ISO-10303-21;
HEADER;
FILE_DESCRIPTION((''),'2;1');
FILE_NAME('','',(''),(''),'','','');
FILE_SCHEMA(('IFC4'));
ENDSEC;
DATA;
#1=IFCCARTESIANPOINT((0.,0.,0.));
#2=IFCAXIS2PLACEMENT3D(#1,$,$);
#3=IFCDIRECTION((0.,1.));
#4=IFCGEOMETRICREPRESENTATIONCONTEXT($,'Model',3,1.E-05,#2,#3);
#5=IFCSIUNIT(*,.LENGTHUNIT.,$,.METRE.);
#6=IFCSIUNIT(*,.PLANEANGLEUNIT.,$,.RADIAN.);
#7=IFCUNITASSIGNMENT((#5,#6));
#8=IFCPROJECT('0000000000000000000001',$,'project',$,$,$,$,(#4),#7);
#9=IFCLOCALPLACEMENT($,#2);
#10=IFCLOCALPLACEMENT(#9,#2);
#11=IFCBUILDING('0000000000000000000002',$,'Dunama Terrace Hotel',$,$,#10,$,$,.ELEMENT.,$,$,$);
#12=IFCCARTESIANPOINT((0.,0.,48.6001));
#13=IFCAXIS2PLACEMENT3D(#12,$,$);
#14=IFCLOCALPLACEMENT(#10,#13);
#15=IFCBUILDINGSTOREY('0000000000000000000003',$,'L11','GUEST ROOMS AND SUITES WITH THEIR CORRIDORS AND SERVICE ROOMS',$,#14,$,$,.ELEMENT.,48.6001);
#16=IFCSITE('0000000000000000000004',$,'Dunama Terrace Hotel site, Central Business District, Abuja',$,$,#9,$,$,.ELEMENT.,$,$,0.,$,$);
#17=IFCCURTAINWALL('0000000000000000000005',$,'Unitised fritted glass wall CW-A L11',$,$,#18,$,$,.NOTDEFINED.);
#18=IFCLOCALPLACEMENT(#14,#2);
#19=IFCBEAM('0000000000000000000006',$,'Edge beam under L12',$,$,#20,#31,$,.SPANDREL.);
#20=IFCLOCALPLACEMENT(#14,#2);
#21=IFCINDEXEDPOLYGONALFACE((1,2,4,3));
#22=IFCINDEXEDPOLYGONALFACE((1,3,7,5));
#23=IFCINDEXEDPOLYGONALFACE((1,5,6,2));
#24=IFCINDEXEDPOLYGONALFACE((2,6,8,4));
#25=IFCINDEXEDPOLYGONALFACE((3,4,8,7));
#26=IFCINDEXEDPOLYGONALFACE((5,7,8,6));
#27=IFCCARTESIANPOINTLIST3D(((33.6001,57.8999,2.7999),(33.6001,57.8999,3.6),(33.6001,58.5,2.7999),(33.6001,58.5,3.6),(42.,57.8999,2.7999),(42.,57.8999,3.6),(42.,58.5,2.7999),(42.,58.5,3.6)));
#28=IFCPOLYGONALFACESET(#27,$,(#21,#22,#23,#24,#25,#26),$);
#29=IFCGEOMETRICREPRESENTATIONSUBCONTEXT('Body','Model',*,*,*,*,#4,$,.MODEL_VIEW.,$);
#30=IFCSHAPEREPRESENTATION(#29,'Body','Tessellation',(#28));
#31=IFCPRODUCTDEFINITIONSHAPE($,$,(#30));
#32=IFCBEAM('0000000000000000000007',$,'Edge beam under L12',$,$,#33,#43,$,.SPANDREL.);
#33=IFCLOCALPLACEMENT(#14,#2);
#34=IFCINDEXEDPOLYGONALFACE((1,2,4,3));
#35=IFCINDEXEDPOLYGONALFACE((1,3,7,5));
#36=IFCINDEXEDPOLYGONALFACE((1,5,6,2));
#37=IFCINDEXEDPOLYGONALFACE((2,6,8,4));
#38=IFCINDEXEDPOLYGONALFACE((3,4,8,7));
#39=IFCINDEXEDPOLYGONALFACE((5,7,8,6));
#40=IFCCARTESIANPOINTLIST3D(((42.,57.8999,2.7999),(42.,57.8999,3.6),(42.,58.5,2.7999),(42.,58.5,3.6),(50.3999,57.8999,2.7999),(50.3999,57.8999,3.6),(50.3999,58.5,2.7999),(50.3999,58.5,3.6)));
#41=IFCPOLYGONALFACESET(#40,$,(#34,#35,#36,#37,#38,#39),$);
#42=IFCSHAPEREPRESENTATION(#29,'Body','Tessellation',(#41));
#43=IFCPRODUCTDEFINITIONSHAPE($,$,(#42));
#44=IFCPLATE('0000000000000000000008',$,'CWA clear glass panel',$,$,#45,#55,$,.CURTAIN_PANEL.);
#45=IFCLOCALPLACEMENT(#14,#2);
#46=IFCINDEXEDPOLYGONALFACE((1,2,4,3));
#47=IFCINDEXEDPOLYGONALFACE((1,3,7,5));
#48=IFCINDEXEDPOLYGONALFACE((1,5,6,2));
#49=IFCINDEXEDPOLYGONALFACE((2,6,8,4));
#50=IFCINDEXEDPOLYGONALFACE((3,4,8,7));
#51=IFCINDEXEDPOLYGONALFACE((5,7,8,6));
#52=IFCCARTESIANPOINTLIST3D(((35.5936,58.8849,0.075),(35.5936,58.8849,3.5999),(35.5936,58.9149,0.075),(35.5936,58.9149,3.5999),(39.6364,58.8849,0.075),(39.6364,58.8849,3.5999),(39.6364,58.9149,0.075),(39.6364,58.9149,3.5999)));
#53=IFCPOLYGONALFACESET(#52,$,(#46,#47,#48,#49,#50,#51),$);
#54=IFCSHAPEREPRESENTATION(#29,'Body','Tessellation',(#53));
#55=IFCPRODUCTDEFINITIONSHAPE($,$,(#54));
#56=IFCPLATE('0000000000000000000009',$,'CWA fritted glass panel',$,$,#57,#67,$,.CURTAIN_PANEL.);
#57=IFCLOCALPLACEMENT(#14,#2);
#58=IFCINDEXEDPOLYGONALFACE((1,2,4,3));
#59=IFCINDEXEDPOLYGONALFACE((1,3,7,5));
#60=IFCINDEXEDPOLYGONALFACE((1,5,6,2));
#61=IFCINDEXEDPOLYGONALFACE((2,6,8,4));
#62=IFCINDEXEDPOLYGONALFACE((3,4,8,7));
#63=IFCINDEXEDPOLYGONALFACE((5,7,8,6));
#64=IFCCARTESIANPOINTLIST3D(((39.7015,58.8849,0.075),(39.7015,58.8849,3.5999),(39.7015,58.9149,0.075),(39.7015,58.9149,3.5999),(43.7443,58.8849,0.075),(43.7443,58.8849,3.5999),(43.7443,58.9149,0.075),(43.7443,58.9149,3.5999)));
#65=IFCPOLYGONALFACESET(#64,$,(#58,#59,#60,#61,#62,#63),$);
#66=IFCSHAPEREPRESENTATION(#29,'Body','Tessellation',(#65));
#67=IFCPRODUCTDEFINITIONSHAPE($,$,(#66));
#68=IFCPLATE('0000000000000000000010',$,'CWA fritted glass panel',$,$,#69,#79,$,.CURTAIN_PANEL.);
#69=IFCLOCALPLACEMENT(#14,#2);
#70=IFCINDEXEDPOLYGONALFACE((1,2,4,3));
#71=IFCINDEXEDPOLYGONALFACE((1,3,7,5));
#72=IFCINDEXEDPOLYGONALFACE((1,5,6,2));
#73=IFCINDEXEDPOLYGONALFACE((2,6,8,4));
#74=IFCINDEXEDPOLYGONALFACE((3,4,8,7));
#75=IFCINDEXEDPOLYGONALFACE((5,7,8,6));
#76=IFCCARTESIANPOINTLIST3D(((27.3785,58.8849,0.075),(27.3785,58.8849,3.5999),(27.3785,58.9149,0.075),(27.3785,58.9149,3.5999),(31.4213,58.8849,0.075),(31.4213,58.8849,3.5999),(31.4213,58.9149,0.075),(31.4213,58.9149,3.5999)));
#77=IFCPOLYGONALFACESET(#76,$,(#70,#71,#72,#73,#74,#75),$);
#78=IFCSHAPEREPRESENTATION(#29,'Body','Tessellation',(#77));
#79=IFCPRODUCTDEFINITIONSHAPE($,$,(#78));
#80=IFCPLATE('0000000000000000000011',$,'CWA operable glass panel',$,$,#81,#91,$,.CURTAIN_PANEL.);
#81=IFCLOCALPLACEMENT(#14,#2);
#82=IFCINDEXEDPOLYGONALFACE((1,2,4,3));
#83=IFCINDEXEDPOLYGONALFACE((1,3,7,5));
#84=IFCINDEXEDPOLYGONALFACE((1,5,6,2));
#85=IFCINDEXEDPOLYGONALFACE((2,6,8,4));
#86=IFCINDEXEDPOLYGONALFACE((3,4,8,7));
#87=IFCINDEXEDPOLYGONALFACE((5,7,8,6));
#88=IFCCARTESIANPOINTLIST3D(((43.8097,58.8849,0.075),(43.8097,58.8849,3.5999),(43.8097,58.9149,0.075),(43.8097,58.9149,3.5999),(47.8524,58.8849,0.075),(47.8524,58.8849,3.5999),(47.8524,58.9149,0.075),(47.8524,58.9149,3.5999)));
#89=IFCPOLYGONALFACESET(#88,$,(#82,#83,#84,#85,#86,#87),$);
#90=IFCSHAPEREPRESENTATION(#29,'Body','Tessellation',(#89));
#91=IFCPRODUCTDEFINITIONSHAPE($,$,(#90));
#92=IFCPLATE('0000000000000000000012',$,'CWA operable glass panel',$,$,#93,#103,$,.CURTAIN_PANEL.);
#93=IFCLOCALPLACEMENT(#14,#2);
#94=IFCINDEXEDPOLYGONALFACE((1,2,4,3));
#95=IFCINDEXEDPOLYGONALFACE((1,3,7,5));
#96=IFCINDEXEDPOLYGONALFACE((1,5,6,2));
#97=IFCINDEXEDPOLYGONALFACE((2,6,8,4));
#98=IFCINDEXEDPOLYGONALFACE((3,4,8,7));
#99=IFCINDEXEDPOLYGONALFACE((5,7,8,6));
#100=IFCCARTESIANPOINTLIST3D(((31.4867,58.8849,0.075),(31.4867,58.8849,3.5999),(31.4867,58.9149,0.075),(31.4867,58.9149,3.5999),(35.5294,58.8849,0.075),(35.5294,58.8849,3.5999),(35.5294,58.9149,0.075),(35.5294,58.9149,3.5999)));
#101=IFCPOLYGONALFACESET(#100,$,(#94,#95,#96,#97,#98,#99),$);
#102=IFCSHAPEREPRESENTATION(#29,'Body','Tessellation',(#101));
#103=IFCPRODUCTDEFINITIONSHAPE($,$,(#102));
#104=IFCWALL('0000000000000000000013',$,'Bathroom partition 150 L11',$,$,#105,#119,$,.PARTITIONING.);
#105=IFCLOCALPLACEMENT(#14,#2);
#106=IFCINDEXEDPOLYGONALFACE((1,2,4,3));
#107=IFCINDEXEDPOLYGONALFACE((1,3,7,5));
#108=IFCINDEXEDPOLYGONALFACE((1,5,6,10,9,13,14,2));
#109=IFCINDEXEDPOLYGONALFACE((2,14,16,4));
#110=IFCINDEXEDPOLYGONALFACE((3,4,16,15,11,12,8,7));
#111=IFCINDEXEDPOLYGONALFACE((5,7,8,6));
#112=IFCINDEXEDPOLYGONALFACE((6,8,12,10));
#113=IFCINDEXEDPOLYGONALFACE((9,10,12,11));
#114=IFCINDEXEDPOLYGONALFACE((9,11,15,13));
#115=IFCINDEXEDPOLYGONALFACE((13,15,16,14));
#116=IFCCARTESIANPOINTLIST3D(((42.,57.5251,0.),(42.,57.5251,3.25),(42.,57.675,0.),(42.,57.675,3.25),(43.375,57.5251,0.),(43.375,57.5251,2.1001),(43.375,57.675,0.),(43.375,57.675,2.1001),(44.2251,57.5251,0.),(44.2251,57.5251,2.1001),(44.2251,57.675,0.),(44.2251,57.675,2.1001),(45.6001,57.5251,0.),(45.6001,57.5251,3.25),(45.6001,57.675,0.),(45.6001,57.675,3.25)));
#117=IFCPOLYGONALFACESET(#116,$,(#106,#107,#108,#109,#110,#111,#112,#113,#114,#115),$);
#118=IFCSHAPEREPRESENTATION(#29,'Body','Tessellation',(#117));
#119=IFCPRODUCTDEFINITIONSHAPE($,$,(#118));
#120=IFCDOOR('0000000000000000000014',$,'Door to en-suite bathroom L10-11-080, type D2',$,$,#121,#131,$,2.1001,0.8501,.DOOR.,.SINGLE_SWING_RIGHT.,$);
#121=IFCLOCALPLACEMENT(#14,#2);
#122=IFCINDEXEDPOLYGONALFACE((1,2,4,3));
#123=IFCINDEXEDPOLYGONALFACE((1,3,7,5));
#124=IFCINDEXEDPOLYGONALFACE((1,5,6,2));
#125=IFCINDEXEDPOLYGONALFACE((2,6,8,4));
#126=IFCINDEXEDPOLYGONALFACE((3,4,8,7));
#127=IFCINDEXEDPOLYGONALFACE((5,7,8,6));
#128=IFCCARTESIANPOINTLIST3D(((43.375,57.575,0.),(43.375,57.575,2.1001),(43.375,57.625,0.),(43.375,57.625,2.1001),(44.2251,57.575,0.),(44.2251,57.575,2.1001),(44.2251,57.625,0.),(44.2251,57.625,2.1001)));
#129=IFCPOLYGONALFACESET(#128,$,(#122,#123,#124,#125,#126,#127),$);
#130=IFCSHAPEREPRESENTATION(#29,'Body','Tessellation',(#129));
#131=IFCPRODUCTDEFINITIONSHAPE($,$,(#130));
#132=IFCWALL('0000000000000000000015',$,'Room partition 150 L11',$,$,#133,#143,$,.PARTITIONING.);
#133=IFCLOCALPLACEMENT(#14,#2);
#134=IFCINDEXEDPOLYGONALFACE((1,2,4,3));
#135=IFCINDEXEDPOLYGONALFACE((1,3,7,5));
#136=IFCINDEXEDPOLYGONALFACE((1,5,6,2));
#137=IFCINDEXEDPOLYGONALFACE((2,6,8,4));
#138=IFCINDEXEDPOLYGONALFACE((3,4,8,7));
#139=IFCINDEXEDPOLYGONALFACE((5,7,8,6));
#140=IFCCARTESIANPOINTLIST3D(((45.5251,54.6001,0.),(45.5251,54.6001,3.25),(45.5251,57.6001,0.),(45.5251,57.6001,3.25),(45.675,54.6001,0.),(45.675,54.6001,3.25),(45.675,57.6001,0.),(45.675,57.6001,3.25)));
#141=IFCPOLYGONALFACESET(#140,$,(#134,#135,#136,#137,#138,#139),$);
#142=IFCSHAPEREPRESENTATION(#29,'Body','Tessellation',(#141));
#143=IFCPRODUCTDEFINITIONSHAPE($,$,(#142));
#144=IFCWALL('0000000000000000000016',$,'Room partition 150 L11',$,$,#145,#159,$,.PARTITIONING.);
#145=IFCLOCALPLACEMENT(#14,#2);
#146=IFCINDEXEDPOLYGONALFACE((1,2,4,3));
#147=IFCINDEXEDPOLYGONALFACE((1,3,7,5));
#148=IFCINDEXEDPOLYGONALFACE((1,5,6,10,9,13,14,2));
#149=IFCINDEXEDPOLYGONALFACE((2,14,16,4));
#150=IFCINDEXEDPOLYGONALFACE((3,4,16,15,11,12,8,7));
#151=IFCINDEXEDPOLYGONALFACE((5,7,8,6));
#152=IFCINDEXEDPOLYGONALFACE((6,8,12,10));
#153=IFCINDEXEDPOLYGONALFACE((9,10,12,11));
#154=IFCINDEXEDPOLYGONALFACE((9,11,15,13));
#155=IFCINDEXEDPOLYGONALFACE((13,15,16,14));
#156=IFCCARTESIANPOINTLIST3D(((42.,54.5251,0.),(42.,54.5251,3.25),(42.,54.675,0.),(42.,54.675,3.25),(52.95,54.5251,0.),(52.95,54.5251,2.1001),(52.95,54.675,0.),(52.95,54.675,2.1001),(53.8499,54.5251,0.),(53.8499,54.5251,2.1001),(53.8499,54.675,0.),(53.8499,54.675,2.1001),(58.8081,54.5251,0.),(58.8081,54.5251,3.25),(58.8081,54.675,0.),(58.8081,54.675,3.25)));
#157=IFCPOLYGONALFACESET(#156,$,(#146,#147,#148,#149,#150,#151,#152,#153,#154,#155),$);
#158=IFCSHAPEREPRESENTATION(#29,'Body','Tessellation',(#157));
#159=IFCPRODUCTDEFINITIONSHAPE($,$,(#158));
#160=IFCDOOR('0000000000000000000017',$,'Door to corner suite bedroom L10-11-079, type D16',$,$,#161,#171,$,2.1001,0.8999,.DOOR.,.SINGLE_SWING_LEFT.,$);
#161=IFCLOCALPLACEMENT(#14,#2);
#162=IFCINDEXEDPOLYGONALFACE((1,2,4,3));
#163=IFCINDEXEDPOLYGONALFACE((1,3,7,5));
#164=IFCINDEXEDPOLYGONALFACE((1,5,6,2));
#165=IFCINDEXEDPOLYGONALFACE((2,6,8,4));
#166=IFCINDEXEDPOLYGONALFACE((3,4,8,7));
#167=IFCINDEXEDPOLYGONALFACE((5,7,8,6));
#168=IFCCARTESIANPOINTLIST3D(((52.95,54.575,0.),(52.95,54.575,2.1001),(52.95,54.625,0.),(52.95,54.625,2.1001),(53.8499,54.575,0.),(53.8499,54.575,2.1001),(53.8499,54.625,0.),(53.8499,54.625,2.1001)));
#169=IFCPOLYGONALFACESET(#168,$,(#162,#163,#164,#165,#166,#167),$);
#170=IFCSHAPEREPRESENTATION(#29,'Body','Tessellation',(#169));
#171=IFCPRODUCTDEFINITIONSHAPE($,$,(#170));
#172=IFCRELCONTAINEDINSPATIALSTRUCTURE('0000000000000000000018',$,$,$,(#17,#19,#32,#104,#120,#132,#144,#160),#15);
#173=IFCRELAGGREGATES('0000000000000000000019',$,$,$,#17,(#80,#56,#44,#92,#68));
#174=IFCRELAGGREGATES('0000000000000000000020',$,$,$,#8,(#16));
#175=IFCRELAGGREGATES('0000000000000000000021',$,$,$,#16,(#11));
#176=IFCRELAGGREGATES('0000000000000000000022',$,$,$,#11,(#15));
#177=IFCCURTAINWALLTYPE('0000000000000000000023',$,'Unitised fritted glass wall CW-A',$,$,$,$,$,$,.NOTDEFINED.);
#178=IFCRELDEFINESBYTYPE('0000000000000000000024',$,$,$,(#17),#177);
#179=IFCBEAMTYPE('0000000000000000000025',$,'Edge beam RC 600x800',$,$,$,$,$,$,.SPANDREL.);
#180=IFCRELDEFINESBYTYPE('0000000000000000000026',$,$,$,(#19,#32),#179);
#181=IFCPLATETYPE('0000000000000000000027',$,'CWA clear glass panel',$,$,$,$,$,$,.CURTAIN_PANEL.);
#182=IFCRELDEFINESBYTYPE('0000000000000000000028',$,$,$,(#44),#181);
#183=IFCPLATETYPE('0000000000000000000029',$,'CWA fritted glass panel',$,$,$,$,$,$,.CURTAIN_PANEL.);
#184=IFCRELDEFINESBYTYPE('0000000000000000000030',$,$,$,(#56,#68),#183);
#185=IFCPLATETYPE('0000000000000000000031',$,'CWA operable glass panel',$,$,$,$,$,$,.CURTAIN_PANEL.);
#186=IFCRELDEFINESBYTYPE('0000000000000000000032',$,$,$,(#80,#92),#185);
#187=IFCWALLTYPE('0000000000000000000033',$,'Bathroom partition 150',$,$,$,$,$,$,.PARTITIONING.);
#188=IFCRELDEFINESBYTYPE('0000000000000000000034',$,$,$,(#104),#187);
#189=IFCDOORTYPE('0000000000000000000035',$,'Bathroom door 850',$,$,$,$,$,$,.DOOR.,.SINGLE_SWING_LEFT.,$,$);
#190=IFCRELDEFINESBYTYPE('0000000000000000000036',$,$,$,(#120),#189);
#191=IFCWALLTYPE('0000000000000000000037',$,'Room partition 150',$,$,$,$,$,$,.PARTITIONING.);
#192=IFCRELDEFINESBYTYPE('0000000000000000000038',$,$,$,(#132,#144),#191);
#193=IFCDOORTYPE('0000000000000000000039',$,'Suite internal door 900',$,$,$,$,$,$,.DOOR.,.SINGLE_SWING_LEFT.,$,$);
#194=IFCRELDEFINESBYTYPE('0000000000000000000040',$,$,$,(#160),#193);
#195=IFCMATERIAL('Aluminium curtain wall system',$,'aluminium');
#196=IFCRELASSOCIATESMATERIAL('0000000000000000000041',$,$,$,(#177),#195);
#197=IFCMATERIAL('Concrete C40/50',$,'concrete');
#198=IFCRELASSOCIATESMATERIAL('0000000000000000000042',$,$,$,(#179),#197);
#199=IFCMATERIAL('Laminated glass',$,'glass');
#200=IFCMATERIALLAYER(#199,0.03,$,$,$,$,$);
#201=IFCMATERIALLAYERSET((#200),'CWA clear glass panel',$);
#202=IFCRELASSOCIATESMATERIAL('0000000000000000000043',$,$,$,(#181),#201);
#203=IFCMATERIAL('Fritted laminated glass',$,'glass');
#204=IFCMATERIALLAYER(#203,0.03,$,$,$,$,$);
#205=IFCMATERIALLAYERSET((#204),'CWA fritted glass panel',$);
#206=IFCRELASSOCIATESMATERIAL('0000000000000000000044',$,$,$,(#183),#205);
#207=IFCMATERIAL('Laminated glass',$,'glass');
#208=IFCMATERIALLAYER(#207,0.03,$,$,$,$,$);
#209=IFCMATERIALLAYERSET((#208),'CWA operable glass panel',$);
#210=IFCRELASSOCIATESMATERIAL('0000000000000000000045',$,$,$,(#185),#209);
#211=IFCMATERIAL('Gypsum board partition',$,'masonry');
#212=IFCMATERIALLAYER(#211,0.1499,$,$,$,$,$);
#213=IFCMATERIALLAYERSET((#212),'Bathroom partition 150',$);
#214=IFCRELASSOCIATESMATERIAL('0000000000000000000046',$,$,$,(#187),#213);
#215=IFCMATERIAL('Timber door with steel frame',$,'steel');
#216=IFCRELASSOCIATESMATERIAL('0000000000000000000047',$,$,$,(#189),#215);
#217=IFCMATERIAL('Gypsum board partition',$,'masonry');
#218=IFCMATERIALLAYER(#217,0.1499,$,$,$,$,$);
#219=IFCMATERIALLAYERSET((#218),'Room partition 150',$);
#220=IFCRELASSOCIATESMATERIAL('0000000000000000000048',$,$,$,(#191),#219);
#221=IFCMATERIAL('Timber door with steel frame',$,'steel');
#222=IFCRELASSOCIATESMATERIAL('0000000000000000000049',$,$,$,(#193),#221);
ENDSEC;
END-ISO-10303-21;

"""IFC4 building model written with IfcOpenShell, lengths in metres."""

from ifc_helpers import new_model, si_unit, direction, frame, frame_2d, origin, origin_2d, place, context, subcontext, project, spatial, rectangle, extrude, material, layer, layer_set, material_profile, profile_set, type_object, element, fill, aggregate, save


model = new_model("IFC4")

# Units and contexts
model_context = context("Model", 3, precision=1e-05, world=origin(), true_north=direction((0.0, 1.0)))
body_context = subcontext(model_context, "Body", "Model", "MODEL_VIEW")
ifc_project = project(units=[si_unit("LENGTHUNIT", "METRE"), si_unit("PLANEANGLEUNIT", "RADIAN")], contexts=[model_context])

# Site, building, storey
site_placement = place(None, origin())
site = spatial("IfcSite", under=ifc_project, at=site_placement, Name="Dunama Terrace Hotel site, Central Business District, Abuja", CompositionType="ELEMENT", RefElevation=0.0)
building_placement = place(site_placement, origin())
building = spatial("IfcBuilding", under=site, at=building_placement, Name="Dunama Terrace Hotel", CompositionType="ELEMENT")
storey_placement = place(building_placement, frame((0.0, 0.0, 48.6001)))
storey = spatial("IfcBuildingStorey", under=building, at=storey_placement, Name="L11", Description="GUEST ROOMS AND SUITES WITH THEIR CORRIDORS AND SERVICE ROOMS", CompositionType="ELEMENT", Elevation=48.6001)

# Curtain wall
ifc_material_1 = material(Name="Aluminium curtain wall system", Category="aluminium")
curtain_wall_type = type_object("IfcCurtainWallType", Name="Unitised fritted glass wall CW-A", PredefinedType="NOTDEFINED", material=ifc_material_1)
curtain_wall_placement = place(storey_placement, origin())
curtain_wall = element("IfcCurtainWall", 1, at=curtain_wall_placement, inside=storey, type_object=curtain_wall_type, Name="Unitised fritted glass wall CW-A L11", PredefinedType="NOTDEFINED")

# Beams
ifc_material_2 = material(Name="Concrete C40/50", Category="concrete")
ifc_material_profile_1 = material_profile(ifc_material_2, rectangle(XDim=0.6001, YDim=0.8, at=origin_2d()), Name="RC 600x800")
ifc_profile_set_1 = profile_set([ifc_material_profile_1], Name="Concrete C40/50")
beam_type = type_object("IfcBeamType", Name="Edge beam RC 600x800", PredefinedType="SPANDREL", material=ifc_profile_set_1)
for number, where, z_axis, x_axis, name in (
    (2, (33.6001, 58.2, 3.2), (1.0, 0.0, 0.0), (0.0, 1.0, 0.0), "Edge beam under L12"),
    (3, (42.0, 58.2, 3.2), (1.0, 0.0, 0.0), (0.0, 1.0, 0.0), "Edge beam under L12"),
):
    element("IfcBeam", number, at=place(storey_placement, frame(where, z_axis=z_axis, x_axis=x_axis)), inside=storey, type_object=beam_type, Name=name, PredefinedType="SPANDREL", context=body_context, shape_type="SweptSolid", body=[
        extrude(rectangle(XDim=0.6001, YDim=0.8, at=origin_2d()), origin(), (0.0, 0.0, 1.0), 8.3999),
    ])

# Plates
ifc_material_3 = material(Name="Laminated glass", Category="glass")
ifc_layer_1 = layer(ifc_material_3, 0.03)
ifc_layer_set_1 = layer_set([ifc_layer_1], Name="CWA clear glass panel")
plate_type_1 = type_object("IfcPlateType", Name="CWA clear glass panel", PredefinedType="CURTAIN_PANEL", material=ifc_layer_set_1)
plate_1_placement = place(storey_placement, frame((37.615, 58.8999, 0.075), z_axis=(0.0, 0.0, 1.0), x_axis=(-1.0, 0.0, 0.0)))
plate_1 = element("IfcPlate", 4, at=plate_1_placement, type_object=plate_type_1, Name="CWA clear glass panel", PredefinedType="CURTAIN_PANEL", context=body_context, shape_type="SweptSolid", body=[
    extrude(rectangle(XDim=4.0427, YDim=0.03, at=origin_2d()), origin(), (0.0, 0.0, 1.0), 3.5249),
])
ifc_material_4 = material(Name="Fritted laminated glass", Category="glass")
ifc_layer_2 = layer(ifc_material_4, 0.03)
ifc_layer_set_2 = layer_set([ifc_layer_2], Name="CWA fritted glass panel")
plate_type_2 = type_object("IfcPlateType", Name="CWA fritted glass panel", PredefinedType="CURTAIN_PANEL", material=ifc_layer_set_2)
plate_2_placement = place(storey_placement, frame((41.7229, 58.8999, 0.075), z_axis=(0.0, 0.0, 1.0), x_axis=(-1.0, 0.0, 0.0)))
plate_2 = element("IfcPlate", 5, at=plate_2_placement, type_object=plate_type_2, Name="CWA fritted glass panel", PredefinedType="CURTAIN_PANEL", context=body_context, shape_type="SweptSolid", body=[
    extrude(rectangle(XDim=4.0427, YDim=0.03, at=origin_2d()), origin(), (0.0, 0.0, 1.0), 3.5249),
])
plate_3_placement = place(storey_placement, frame((29.3999, 58.8999, 0.075), z_axis=(0.0, 0.0, 1.0), x_axis=(-1.0, 0.0, 0.0)))
plate_3 = element("IfcPlate", 6, at=plate_3_placement, type_object=plate_type_2, Name="CWA fritted glass panel", PredefinedType="CURTAIN_PANEL", context=body_context, shape_type="SweptSolid", body=[
    extrude(rectangle(XDim=4.0427, YDim=0.03, at=origin_2d()), origin(), (0.0, 0.0, 1.0), 3.5249),
])
ifc_material_5 = material(Name="Laminated glass", Category="glass")
ifc_layer_3 = layer(ifc_material_5, 0.03)
ifc_layer_set_3 = layer_set([ifc_layer_3], Name="CWA operable glass panel")
plate_type_3 = type_object("IfcPlateType", Name="CWA operable glass panel", PredefinedType="CURTAIN_PANEL", material=ifc_layer_set_3)
plate_4_placement = place(storey_placement, frame((45.8311, 58.8999, 0.075), z_axis=(0.0, 0.0, 1.0), x_axis=(-1.0, 0.0, 0.0)))
plate_4 = element("IfcPlate", 7, at=plate_4_placement, type_object=plate_type_3, Name="CWA operable glass panel", PredefinedType="CURTAIN_PANEL", context=body_context, shape_type="SweptSolid", body=[
    extrude(rectangle(XDim=4.0427, YDim=0.03, at=origin_2d()), origin(), (0.0, 0.0, 1.0), 3.5249),
])
plate_5_placement = place(storey_placement, frame((33.5081, 58.8999, 0.075), z_axis=(0.0, 0.0, 1.0), x_axis=(-1.0, 0.0, 0.0)))
plate_5 = element("IfcPlate", 8, at=plate_5_placement, type_object=plate_type_3, Name="CWA operable glass panel", PredefinedType="CURTAIN_PANEL", context=body_context, shape_type="SweptSolid", body=[
    extrude(rectangle(XDim=4.0427, YDim=0.03, at=origin_2d()), origin(), (0.0, 0.0, 1.0), 3.5249),
])
aggregate(curtain_wall, [plate_4, plate_2, plate_1, plate_5, plate_3])

# Wall, opening, door
ifc_material_6 = material(Name="Gypsum board partition", Category="masonry")
ifc_layer_4 = layer(ifc_material_6, 0.1499)
ifc_layer_set_4 = layer_set([ifc_layer_4], Name="Bathroom partition 150")
wall_type_1 = type_object("IfcWallType", Name="Bathroom partition 150", PredefinedType="PARTITIONING", material=ifc_layer_set_4)
wall_1_placement = place(storey_placement, frame((42.0, 57.6001, 0.0), z_axis=(0.0, 0.0, 1.0), x_axis=(1.0, 0.0, 0.0)))
wall_1 = element("IfcWall", 9, at=wall_1_placement, inside=storey, type_object=wall_type_1, Name="Bathroom partition 150 L11", PredefinedType="PARTITIONING", context=body_context, shape_type="SweptSolid", body=[
    extrude(rectangle(XDim=3.6001, YDim=0.1499, at=frame_2d((1.8, 0.0))), origin(), (0.0, 0.0, 1.0), 3.25),
])
opening_1_placement = place(wall_1_placement, frame((1.375, 0.0, 0.0)))
opening_1 = element("IfcOpeningElement", 10, at=opening_1_placement, cuts=wall_1, PredefinedType="OPENING", context=body_context, shape_type="SweptSolid", body=[
    extrude(rectangle(XDim=0.8501, YDim=2.1001, at=frame_2d((0.425, 1.05))), frame((0.0, 0.085, 0.0), z_axis=(0.0, -1.0, 0.0), x_axis=(1.0, 0.0, 0.0)), (0.0, 0.0, 1.0), 0.1699),
])
ifc_material_7 = material(Name="Timber door with steel frame", Category="steel")
door_type_1 = type_object("IfcDoorType", Name="Bathroom door 850", OperationType="SINGLE_SWING_LEFT", PredefinedType="DOOR", material=ifc_material_7)
door_1_placement = place(opening_1_placement, frame((0.8501, 0.0, 0.0), z_axis=(0.0, 0.0, 1.0), x_axis=(-1.0, 0.0, 0.0)))
door_1 = element("IfcDoor", 11, at=door_1_placement, inside=storey, type_object=door_type_1, Name="Door to en-suite bathroom L10-11-080, type D2", OperationType="SINGLE_SWING_RIGHT", OverallHeight=2.1001, OverallWidth=0.8501, PredefinedType="DOOR", context=body_context, shape_type="SweptSolid", body=[
    extrude(rectangle(XDim=0.8501, YDim=2.1001, at=frame_2d((0.425, 1.05))), frame((0.0, 0.0251, 0.0), z_axis=(0.0, -1.0, 0.0), x_axis=(1.0, 0.0, 0.0)), (0.0, 0.0, 1.0), 0.05),
])
fill(opening_1, door_1)

# Wall
ifc_material_8 = material(Name="Gypsum board partition", Category="masonry")
ifc_layer_5 = layer(ifc_material_8, 0.1499)
ifc_layer_set_5 = layer_set([ifc_layer_5], Name="Room partition 150")
wall_type_2 = type_object("IfcWallType", Name="Room partition 150", PredefinedType="PARTITIONING", material=ifc_layer_set_5)
wall_2_placement = place(storey_placement, frame((45.6001, 54.6001, 0.0), z_axis=(0.0, 0.0, 1.0), x_axis=(0.0, 1.0, 0.0)))
element("IfcWall", 12, at=wall_2_placement, inside=storey, type_object=wall_type_2, Name="Room partition 150 L11", PredefinedType="PARTITIONING", context=body_context, shape_type="SweptSolid", body=[
    extrude(rectangle(XDim=3.0, YDim=0.1499, at=frame_2d((1.5, 0.0))), origin(), (0.0, 0.0, 1.0), 3.25),
])

# Wall, opening, door
wall_3_placement = place(storey_placement, frame((42.0, 54.6001, 0.0), z_axis=(0.0, 0.0, 1.0), x_axis=(1.0, 0.0, 0.0)))
wall_3 = element("IfcWall", 13, at=wall_3_placement, inside=storey, type_object=wall_type_2, Name="Room partition 150 L11", PredefinedType="PARTITIONING", context=body_context, shape_type="SweptSolid", body=[
    extrude(rectangle(XDim=16.8081, YDim=0.1499, at=frame_2d((8.4041, 0.0))), origin(), (0.0, 0.0, 1.0), 3.25),
])
opening_2_placement = place(wall_3_placement, frame((10.95, 0.0, 0.0)))
opening_2 = element("IfcOpeningElement", 14, at=opening_2_placement, cuts=wall_3, PredefinedType="OPENING", context=body_context, shape_type="SweptSolid", body=[
    extrude(rectangle(XDim=0.8999, YDim=2.1001, at=frame_2d((0.45, 1.05))), frame((0.0, 0.085, 0.0), z_axis=(0.0, -1.0, 0.0), x_axis=(1.0, 0.0, 0.0)), (0.0, 0.0, 1.0), 0.1699),
])
ifc_material_9 = material(Name="Timber door with steel frame", Category="steel")
door_type_2 = type_object("IfcDoorType", Name="Suite internal door 900", OperationType="SINGLE_SWING_LEFT", PredefinedType="DOOR", material=ifc_material_9)
door_2_placement = place(opening_2_placement, origin())
door_2 = element("IfcDoor", 15, at=door_2_placement, inside=storey, type_object=door_type_2, Name="Door to corner suite bedroom L10-11-079, type D16", OperationType="SINGLE_SWING_LEFT", OverallHeight=2.1001, OverallWidth=0.8999, PredefinedType="DOOR", context=body_context, shape_type="SweptSolid", body=[
    extrude(rectangle(XDim=0.8999, YDim=2.1001, at=frame_2d((0.45, 1.05))), frame((0.0, 0.0249, 0.0), z_axis=(0.0, -1.0, 0.0), x_axis=(1.0, 0.0, 0.0)), (0.0, 0.0, 1.0), 0.05),
])
fill(opening_2, door_2)

save(model, "model.ifc")
